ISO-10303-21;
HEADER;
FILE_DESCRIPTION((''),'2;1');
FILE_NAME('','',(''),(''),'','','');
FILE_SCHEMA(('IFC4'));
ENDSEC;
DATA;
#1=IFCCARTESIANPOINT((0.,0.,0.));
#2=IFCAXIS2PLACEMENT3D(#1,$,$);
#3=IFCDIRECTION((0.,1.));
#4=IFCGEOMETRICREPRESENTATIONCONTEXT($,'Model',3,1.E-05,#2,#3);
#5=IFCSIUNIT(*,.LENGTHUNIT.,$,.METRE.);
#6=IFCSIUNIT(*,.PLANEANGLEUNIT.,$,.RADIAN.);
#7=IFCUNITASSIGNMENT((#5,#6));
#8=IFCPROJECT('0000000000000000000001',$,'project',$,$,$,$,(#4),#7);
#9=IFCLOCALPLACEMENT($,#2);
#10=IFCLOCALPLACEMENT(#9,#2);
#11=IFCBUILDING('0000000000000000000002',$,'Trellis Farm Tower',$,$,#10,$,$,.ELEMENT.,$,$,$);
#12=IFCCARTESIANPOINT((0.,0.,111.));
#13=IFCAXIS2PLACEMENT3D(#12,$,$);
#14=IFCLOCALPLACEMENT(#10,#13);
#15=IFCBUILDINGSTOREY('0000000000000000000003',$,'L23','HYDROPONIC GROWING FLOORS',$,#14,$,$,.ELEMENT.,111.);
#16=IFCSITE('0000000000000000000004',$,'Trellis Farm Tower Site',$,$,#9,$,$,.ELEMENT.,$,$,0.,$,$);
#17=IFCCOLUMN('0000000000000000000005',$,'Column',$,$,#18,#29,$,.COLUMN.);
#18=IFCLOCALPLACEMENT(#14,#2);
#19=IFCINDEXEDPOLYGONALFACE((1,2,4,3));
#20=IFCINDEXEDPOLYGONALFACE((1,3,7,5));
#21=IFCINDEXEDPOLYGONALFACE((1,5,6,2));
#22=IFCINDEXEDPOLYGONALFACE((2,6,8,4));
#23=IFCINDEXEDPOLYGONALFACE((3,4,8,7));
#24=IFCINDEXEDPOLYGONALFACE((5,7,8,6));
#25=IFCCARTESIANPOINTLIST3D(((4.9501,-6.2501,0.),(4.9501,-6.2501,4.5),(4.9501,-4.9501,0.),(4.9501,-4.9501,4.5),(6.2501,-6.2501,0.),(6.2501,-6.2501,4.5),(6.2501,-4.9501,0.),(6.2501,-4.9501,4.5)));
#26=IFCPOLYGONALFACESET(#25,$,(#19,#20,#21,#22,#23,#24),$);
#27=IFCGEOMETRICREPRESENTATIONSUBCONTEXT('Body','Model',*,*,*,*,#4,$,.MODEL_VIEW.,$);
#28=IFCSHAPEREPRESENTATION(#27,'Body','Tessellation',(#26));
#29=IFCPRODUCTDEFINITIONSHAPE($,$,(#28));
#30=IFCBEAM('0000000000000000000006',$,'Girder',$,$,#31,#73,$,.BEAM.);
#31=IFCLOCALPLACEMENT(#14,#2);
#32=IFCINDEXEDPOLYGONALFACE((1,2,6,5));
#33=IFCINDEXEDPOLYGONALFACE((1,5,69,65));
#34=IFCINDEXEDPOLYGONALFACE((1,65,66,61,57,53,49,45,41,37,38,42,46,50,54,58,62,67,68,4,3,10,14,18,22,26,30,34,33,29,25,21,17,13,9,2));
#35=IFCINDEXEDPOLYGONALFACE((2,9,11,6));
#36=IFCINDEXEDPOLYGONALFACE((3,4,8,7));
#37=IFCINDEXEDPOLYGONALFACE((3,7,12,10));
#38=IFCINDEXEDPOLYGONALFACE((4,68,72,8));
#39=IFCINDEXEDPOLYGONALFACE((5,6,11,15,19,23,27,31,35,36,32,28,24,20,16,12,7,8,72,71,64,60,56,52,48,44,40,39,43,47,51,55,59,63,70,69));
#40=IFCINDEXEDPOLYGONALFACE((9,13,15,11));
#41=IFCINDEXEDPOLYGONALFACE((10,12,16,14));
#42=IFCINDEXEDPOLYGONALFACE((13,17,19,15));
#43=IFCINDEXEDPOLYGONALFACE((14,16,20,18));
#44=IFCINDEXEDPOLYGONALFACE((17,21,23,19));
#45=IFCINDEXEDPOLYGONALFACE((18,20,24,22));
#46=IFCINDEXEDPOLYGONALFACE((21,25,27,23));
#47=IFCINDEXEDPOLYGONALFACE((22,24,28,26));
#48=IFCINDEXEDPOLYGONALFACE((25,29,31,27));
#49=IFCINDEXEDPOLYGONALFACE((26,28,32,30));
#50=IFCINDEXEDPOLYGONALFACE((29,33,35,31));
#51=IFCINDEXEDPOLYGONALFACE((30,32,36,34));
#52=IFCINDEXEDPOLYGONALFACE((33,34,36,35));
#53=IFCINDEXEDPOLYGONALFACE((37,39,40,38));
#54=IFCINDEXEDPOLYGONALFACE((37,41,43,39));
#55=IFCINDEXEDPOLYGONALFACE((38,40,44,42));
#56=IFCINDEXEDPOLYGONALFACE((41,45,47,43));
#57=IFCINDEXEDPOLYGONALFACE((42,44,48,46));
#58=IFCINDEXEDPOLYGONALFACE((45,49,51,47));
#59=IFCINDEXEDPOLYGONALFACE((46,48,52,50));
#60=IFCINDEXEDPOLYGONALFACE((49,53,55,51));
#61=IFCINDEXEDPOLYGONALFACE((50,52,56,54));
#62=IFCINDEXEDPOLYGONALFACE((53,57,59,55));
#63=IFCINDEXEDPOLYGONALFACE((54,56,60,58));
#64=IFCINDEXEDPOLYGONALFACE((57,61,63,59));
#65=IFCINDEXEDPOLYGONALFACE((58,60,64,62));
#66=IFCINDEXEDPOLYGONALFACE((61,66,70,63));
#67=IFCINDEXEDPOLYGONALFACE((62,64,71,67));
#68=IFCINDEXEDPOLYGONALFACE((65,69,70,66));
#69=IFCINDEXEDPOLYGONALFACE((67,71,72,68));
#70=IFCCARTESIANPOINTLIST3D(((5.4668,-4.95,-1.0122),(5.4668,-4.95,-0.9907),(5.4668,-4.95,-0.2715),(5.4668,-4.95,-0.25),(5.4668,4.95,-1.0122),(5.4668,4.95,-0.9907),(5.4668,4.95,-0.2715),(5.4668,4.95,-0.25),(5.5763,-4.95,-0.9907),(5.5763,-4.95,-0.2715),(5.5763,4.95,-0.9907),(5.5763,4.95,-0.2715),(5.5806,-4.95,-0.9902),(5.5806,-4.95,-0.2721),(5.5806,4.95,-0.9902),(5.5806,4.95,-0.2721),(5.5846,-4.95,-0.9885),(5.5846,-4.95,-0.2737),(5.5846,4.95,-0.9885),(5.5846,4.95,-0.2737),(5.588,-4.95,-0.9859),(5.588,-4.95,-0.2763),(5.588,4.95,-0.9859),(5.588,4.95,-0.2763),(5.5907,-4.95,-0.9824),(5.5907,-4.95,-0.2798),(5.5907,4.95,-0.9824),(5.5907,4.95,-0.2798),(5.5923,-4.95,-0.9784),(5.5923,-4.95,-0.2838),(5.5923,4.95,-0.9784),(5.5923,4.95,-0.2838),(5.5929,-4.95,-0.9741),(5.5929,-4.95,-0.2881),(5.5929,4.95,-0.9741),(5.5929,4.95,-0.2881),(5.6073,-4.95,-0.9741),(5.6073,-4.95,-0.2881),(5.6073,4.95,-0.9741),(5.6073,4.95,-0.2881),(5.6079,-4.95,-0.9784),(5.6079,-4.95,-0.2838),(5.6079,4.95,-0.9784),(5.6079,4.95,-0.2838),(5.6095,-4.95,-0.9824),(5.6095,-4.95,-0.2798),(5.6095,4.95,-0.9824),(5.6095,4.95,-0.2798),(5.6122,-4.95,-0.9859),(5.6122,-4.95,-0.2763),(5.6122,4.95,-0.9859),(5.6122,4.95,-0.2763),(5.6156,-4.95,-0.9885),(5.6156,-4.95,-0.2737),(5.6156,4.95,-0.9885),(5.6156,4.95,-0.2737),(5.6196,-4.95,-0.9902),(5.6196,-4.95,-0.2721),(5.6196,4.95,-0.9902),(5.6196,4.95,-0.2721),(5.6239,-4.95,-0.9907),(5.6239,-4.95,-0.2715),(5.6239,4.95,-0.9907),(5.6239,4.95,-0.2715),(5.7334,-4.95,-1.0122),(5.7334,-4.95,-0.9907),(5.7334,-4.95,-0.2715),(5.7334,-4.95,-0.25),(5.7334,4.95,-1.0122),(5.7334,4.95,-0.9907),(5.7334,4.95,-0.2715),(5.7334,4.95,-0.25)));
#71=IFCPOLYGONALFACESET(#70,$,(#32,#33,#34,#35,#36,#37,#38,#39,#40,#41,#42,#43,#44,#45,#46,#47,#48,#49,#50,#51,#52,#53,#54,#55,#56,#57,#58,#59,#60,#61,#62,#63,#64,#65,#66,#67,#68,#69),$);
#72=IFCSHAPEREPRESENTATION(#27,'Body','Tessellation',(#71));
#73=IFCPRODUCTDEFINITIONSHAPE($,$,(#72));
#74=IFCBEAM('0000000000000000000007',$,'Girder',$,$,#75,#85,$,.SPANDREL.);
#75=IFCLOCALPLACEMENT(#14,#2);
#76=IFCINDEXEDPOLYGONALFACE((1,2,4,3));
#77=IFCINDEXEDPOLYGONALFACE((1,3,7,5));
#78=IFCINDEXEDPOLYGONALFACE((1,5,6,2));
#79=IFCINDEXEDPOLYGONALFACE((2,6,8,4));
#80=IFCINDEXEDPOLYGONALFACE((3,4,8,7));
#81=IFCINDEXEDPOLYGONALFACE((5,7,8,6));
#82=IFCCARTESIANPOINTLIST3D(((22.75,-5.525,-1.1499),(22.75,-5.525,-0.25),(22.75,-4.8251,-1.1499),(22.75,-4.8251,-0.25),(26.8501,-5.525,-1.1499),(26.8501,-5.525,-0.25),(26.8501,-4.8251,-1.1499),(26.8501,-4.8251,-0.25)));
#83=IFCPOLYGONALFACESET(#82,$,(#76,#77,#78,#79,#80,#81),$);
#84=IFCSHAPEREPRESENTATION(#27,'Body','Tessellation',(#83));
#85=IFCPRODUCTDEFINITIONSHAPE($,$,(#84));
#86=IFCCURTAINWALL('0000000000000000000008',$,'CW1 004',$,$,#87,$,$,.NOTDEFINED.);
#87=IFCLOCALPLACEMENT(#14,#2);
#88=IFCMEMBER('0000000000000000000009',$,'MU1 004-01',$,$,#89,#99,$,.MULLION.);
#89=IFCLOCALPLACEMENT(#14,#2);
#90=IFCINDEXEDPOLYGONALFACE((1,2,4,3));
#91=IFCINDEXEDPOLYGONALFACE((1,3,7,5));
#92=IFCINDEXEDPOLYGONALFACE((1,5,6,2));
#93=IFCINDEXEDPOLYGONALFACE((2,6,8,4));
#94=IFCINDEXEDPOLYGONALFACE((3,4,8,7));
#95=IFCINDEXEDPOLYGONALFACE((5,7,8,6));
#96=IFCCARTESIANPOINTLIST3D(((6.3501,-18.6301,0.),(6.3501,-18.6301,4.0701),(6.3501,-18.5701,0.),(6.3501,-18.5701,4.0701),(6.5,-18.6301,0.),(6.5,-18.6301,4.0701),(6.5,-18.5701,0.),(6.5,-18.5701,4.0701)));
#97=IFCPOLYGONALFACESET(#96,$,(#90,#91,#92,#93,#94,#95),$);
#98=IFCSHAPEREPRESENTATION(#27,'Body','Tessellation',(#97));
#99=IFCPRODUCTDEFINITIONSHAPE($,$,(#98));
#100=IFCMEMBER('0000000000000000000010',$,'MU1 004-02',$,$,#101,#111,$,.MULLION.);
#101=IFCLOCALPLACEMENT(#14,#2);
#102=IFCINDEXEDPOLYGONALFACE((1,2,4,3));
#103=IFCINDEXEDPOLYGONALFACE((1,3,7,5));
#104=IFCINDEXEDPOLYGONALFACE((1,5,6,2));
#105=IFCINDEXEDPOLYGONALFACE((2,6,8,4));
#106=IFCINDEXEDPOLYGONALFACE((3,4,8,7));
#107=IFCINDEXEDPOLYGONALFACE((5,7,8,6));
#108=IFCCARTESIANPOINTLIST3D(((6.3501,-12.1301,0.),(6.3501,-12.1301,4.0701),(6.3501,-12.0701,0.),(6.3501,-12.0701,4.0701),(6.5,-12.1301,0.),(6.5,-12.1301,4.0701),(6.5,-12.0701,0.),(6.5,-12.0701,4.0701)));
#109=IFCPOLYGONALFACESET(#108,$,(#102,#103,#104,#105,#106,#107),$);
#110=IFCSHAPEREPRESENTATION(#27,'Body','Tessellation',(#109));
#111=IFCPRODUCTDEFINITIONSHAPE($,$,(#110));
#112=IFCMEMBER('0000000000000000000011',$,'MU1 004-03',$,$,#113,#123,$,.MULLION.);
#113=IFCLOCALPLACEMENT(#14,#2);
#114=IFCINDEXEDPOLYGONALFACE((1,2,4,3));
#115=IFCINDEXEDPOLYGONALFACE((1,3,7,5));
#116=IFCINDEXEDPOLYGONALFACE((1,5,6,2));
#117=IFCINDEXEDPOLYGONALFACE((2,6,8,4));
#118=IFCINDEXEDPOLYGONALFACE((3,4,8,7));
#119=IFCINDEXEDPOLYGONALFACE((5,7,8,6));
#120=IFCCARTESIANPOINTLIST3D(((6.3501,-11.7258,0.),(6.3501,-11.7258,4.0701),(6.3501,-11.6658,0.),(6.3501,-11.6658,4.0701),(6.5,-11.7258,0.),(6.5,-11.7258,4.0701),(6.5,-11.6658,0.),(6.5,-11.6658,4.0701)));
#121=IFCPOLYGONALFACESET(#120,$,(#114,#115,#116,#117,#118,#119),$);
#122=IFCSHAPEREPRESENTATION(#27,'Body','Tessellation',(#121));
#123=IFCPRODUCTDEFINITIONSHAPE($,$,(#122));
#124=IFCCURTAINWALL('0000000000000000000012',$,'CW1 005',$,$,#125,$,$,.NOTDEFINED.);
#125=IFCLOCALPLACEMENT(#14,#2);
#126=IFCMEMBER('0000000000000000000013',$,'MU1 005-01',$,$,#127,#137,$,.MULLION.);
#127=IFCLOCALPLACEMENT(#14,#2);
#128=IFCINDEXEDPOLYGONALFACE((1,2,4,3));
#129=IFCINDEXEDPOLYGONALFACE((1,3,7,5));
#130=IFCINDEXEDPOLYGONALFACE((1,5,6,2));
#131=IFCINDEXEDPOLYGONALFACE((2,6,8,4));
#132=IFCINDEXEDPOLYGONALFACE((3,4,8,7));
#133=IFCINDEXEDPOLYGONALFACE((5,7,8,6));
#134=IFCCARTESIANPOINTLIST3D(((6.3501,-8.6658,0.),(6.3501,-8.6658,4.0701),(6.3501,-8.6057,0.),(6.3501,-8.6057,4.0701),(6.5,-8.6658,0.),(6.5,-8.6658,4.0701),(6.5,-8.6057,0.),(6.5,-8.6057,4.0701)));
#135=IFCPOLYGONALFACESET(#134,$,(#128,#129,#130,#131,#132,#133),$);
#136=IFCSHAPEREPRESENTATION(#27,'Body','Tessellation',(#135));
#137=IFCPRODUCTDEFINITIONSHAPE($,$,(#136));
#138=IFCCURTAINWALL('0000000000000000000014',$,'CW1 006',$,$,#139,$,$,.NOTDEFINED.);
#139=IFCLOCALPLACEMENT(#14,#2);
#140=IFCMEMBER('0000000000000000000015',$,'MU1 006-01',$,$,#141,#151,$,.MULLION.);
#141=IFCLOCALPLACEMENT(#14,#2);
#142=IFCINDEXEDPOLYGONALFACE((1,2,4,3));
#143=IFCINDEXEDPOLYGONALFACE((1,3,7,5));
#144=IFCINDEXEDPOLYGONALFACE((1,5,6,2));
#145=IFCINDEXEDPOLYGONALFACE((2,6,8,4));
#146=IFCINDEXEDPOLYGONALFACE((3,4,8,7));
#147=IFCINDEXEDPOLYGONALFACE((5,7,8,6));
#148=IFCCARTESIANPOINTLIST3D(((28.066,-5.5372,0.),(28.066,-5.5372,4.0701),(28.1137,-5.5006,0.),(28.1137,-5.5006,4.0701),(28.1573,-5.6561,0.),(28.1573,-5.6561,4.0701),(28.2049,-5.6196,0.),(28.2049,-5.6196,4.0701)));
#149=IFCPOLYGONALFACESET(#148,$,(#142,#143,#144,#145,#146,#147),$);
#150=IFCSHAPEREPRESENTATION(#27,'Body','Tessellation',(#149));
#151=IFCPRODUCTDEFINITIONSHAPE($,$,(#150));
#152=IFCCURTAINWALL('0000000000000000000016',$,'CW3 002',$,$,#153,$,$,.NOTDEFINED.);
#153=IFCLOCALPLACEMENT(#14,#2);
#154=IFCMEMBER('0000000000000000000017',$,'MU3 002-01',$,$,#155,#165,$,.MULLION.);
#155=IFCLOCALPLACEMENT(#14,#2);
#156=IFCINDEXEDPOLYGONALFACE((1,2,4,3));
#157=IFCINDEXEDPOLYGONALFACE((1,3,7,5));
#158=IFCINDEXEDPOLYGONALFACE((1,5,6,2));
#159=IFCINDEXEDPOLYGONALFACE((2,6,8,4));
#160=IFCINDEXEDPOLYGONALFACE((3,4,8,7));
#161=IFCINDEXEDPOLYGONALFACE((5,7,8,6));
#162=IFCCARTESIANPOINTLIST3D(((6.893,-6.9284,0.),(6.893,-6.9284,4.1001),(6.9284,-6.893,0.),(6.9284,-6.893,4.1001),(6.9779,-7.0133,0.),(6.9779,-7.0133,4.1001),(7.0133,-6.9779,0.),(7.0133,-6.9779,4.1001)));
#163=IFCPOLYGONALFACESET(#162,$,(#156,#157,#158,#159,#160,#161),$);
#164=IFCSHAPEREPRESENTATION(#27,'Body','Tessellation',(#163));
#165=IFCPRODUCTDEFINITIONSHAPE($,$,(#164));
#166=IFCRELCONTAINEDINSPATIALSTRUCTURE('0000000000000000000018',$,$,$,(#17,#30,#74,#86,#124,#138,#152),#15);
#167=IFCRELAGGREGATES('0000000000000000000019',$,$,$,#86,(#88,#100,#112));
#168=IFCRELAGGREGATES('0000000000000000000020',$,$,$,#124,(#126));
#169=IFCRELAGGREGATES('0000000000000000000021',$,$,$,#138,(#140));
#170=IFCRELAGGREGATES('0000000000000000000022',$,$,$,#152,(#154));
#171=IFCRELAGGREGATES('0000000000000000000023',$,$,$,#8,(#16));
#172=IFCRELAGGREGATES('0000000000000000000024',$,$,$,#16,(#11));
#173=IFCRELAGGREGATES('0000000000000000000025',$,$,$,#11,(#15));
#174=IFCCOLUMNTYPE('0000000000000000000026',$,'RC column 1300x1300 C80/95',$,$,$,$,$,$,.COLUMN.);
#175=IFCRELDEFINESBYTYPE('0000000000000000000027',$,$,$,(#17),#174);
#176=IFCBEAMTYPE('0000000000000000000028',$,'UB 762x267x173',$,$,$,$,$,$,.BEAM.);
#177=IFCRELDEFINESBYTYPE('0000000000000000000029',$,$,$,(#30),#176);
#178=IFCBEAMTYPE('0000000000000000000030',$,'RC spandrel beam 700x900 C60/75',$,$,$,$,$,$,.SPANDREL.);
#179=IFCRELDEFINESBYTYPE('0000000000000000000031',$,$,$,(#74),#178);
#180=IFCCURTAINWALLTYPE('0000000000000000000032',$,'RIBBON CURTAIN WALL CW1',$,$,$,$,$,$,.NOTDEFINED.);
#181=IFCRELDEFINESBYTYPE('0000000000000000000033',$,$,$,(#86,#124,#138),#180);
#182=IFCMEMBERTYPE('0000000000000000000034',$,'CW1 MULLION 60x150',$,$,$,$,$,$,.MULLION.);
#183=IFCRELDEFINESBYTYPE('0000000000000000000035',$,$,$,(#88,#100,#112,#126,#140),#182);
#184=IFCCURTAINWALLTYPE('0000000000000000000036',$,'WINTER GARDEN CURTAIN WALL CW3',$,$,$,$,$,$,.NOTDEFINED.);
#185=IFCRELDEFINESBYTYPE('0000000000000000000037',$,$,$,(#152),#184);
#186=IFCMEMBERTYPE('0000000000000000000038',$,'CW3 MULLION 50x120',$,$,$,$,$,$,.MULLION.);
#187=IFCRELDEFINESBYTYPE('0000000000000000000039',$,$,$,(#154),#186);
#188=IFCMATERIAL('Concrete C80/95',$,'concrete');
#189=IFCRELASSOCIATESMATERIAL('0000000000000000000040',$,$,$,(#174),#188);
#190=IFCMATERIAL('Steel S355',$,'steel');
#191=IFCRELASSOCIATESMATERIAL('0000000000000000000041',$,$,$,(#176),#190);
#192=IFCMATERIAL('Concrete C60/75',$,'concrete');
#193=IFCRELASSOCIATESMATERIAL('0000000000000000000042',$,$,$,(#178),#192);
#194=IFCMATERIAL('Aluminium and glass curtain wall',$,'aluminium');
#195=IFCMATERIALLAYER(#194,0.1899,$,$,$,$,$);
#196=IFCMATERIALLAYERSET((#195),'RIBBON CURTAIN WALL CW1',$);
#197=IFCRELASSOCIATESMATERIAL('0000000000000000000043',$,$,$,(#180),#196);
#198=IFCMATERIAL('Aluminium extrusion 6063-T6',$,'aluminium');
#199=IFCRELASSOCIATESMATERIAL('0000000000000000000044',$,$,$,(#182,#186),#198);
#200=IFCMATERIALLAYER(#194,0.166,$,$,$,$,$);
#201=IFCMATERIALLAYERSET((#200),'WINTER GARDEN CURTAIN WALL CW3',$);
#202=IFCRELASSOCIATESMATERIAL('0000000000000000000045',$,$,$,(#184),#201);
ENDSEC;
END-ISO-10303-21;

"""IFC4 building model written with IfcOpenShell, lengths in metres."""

from ifc_helpers import new_model, si_unit, direction, frame, origin, origin_2d, place, context, subcontext, project, spatial, rectangle, i_section, extrude, source, transform, mapped, material, layer, layer_set, material_profile, profile_set, type_object, element, aggregate, save


model = new_model("IFC4")

# Units and contexts
model_context = context("Model", 3, precision=1e-05, world=origin(), true_north=direction((0.0, 1.0)))
body_context = subcontext(model_context, "Body", "Model", "MODEL_VIEW")
ifc_project = project(units=[si_unit("LENGTHUNIT", "METRE"), si_unit("PLANEANGLEUNIT", "RADIAN")], contexts=[model_context])

# Site, building, storey
site_placement = place(None, origin())
site = spatial("IfcSite", under=ifc_project, at=site_placement, Name="Trellis Farm Tower Site", CompositionType="ELEMENT", RefElevation=0.0)
building_placement = place(site_placement, origin())
building = spatial("IfcBuilding", under=site, at=building_placement, Name="Trellis Farm Tower", CompositionType="ELEMENT")
storey_placement = place(building_placement, frame((0.0, 0.0, 111.0)))
storey = spatial("IfcBuildingStorey", under=building, at=storey_placement, Name="L23", Description="HYDROPONIC GROWING FLOORS", CompositionType="ELEMENT", Elevation=111.0)

# Column
ifc_material_1 = material(Name="Concrete C80/95", Category="concrete")
ifc_material_profile_1 = material_profile(ifc_material_1, rectangle(XDim=1.3, YDim=1.3, at=origin_2d()), Name="RC column 1300x1300 C80/95")
ifc_profile_set_1 = profile_set([ifc_material_profile_1], Name="Concrete C80/95")
column_type = type_object("IfcColumnType", Name="RC column 1300x1300 C80/95", PredefinedType="COLUMN", material=ifc_profile_set_1)
shared_shape_1 = source(origin(), body_context, "Body", "SweptSolid", [
    extrude(rectangle(XDim=1.3, YDim=1.3, at=origin_2d()), origin(), (0.0, 0.0, 1.0), 4.5),
])
column_placement = place(storey_placement, frame((5.6001, -5.6001, 0.0), z_axis=(0.0, 0.0, 1.0), x_axis=(1.0, 0.0, 0.0)))
element("IfcColumn", 1, at=column_placement, inside=storey, type_object=column_type, Name="Column", PredefinedType="COLUMN", context=body_context, shape_type="MappedRepresentation", body=[
    mapped(shared_shape_1, transform((0.0, 0.0, 0.0))),
])

# Beams
ifc_material_2 = material(Name="Steel S355", Category="steel")
ifc_material_profile_2 = material_profile(ifc_material_2, i_section(OverallWidth=0.2666, OverallDepth=0.7622, WebThickness=0.0144, FlangeThickness=0.0215, FilletRadius=0.0166, at=origin_2d()), Name="UB 762x267x173")
ifc_profile_set_2 = profile_set([ifc_material_profile_2], Name="Steel S355")
beam_type_1 = type_object("IfcBeamType", Name="UB 762x267x173", PredefinedType="BEAM", material=ifc_profile_set_2)
shared_shape_2 = source(origin(), body_context, "Body", "SweptSolid", [
    extrude(i_section(OverallWidth=0.2666, OverallDepth=0.7622, WebThickness=0.0144, FlangeThickness=0.0215, FilletRadius=0.0166, at=origin_2d()), origin(), (0.0, 0.0, 1.0), 9.8999),
])
beam_1_placement = place(storey_placement, frame((5.6001, -4.95, -0.6311), z_axis=(0.0, 1.0, 0.0), x_axis=(-1.0, 0.0, 0.0)))
element("IfcBeam", 2, at=beam_1_placement, inside=storey, type_object=beam_type_1, Name="Girder", PredefinedType="BEAM", context=body_context, shape_type="MappedRepresentation", body=[
    mapped(shared_shape_2, transform((0.0, 0.0, 0.0))),
])
ifc_material_3 = material(Name="Concrete C60/75", Category="concrete")
ifc_material_profile_3 = material_profile(ifc_material_3, rectangle(XDim=0.7, YDim=0.8999, at=origin_2d()), Name="RC spandrel beam 700x900 C60/75")
ifc_profile_set_3 = profile_set([ifc_material_profile_3], Name="Concrete C60/75")
beam_type_2 = type_object("IfcBeamType", Name="RC spandrel beam 700x900 C60/75", PredefinedType="SPANDREL", material=ifc_profile_set_3)
shared_shape_3 = source(origin(), body_context, "Body", "SweptSolid", [
    extrude(rectangle(XDim=0.7, YDim=0.8999, at=origin_2d()), origin(), (0.0, 0.0, 1.0), 4.1001),
])
beam_2_placement = place(storey_placement, frame((22.75, -5.175, -0.7), z_axis=(1.0, 0.0, 0.0), x_axis=(0.0, 1.0, 0.0)))
element("IfcBeam", 3, at=beam_2_placement, inside=storey, type_object=beam_type_2, Name="Girder", PredefinedType="SPANDREL", context=body_context, shape_type="MappedRepresentation", body=[
    mapped(shared_shape_3, transform((0.0, 0.0, 0.0))),
])

# Curtain wall, members
ifc_material_4 = material(Name="Aluminium and glass curtain wall", Category="aluminium")
ifc_layer_1 = layer(ifc_material_4, 0.1899)
ifc_layer_set_1 = layer_set([ifc_layer_1], Name="RIBBON CURTAIN WALL CW1")
curtain_wall_type_1 = type_object("IfcCurtainWallType", Name="RIBBON CURTAIN WALL CW1", PredefinedType="NOTDEFINED", material=ifc_layer_set_1)
placement = place(storey_placement, origin())
curtain_wall_1 = element("IfcCurtainWall", 4, at=placement, inside=storey, type_object=curtain_wall_type_1, Name="CW1 004", PredefinedType="NOTDEFINED")
ifc_material_5 = material(Name="Aluminium extrusion 6063-T6", Category="aluminium")
ifc_material_profile_4 = material_profile(ifc_material_5, rectangle(XDim=0.0601, YDim=0.1499, at=origin_2d()), Name="MULLION 60x150")
ifc_profile_set_4 = profile_set([ifc_material_profile_4], Name="Aluminium extrusion 6063-T6")
member_type_1 = type_object("IfcMemberType", Name="CW1 MULLION 60x150", PredefinedType="MULLION", material=ifc_profile_set_4)
shared_shape_4 = source(origin(), body_context, "Body", "SweptSolid", [
    extrude(rectangle(XDim=0.0601, YDim=0.1499, at=origin_2d()), origin(), (0.0, 0.0, 1.0), 4.0701),
])
member_1_placement = place(storey_placement, frame((6.425, -18.6001, 0.0), z_axis=(0.0, 0.0, 1.0), x_axis=(0.0, 1.0, 0.0)))
member_1 = element("IfcMember", 5, at=member_1_placement, type_object=member_type_1, Name="MU1 004-01", PredefinedType="MULLION", context=body_context, shape_type="MappedRepresentation", body=[
    mapped(shared_shape_4, transform((0.0, 0.0, 0.0))),
])
member_2_placement = place(storey_placement, frame((6.425, -12.1001, 0.0), z_axis=(0.0, 0.0, 1.0), x_axis=(0.0, 1.0, 0.0)))
member_2 = element("IfcMember", 6, at=member_2_placement, type_object=member_type_1, Name="MU1 004-02", PredefinedType="MULLION", context=body_context, shape_type="MappedRepresentation", body=[
    mapped(shared_shape_4, transform((0.0, 0.0, 0.0))),
])
member_3_placement = place(storey_placement, frame((6.425, -11.6958, 0.0), z_axis=(0.0, 0.0, 1.0), x_axis=(0.0, 1.0, 0.0)))
member_3 = element("IfcMember", 7, at=member_3_placement, type_object=member_type_1, Name="MU1 004-03", PredefinedType="MULLION", context=body_context, shape_type="MappedRepresentation", body=[
    mapped(shared_shape_4, transform((0.0, 0.0, 0.0))),
])
aggregate(curtain_wall_1, [member_1, member_2, member_3])

# Curtain walls, members
curtain_wall_2 = element("IfcCurtainWall", 8, at=placement, inside=storey, type_object=curtain_wall_type_1, Name="CW1 005", PredefinedType="NOTDEFINED")
member_4_placement = place(storey_placement, frame((6.425, -8.6357, 0.0), z_axis=(0.0, 0.0, 1.0), x_axis=(0.0, 1.0, 0.0)))
member_4 = element("IfcMember", 9, at=member_4_placement, type_object=member_type_1, Name="MU1 005-01", PredefinedType="MULLION", context=body_context, shape_type="MappedRepresentation", body=[
    mapped(shared_shape_4, transform((0.0, 0.0, 0.0))),
])
aggregate(curtain_wall_2, [member_4])
curtain_wall_3 = element("IfcCurtainWall", 10, at=placement, inside=storey, type_object=curtain_wall_type_1, Name="CW1 006", PredefinedType="NOTDEFINED")
member_5_placement = place(storey_placement, frame((28.1355, -5.5784, 0.0), z_axis=(0.0, 0.0, 1.0), x_axis=(0.793353, 0.608761, 0.0)))
member_5 = element("IfcMember", 11, at=member_5_placement, type_object=member_type_1, Name="MU1 006-01", PredefinedType="MULLION", context=body_context, shape_type="MappedRepresentation", body=[
    mapped(shared_shape_4, transform((0.0, 0.0, 0.0))),
])
aggregate(curtain_wall_3, [member_5])
ifc_layer_2 = layer(ifc_material_4, 0.166)
ifc_layer_set_2 = layer_set([ifc_layer_2], Name="WINTER GARDEN CURTAIN WALL CW3")
curtain_wall_type_2 = type_object("IfcCurtainWallType", Name="WINTER GARDEN CURTAIN WALL CW3", PredefinedType="NOTDEFINED", material=ifc_layer_set_2)
curtain_wall_4 = element("IfcCurtainWall", 12, at=placement, inside=storey, type_object=curtain_wall_type_2, Name="CW3 002", PredefinedType="NOTDEFINED")
ifc_material_profile_5 = material_profile(ifc_material_5, rectangle(XDim=0.05, YDim=0.1201, at=origin_2d()), Name="MULLION 50x120")
ifc_profile_set_5 = profile_set([ifc_material_profile_5], Name="Aluminium extrusion 6063-T6")
member_type_2 = type_object("IfcMemberType", Name="CW3 MULLION 50x120", PredefinedType="MULLION", material=ifc_profile_set_5)
shared_shape_5 = source(origin(), body_context, "Body", "SweptSolid", [
    extrude(rectangle(XDim=0.05, YDim=0.1201, at=origin_2d()), origin(), (0.0, 0.0, 1.0), 4.1001),
])
member_6_placement = place(storey_placement, frame((6.9531, -6.9531, 0.0), z_axis=(0.0, 0.0, 1.0), x_axis=(0.707107, 0.707107, 0.0)))
member_6 = element("IfcMember", 13, at=member_6_placement, type_object=member_type_2, Name="MU3 002-01", PredefinedType="MULLION", context=body_context, shape_type="MappedRepresentation", body=[
    mapped(shared_shape_5, transform((0.0, 0.0, 0.0))),
])
aggregate(curtain_wall_4, [member_6])

save(model, "model.ifc")
